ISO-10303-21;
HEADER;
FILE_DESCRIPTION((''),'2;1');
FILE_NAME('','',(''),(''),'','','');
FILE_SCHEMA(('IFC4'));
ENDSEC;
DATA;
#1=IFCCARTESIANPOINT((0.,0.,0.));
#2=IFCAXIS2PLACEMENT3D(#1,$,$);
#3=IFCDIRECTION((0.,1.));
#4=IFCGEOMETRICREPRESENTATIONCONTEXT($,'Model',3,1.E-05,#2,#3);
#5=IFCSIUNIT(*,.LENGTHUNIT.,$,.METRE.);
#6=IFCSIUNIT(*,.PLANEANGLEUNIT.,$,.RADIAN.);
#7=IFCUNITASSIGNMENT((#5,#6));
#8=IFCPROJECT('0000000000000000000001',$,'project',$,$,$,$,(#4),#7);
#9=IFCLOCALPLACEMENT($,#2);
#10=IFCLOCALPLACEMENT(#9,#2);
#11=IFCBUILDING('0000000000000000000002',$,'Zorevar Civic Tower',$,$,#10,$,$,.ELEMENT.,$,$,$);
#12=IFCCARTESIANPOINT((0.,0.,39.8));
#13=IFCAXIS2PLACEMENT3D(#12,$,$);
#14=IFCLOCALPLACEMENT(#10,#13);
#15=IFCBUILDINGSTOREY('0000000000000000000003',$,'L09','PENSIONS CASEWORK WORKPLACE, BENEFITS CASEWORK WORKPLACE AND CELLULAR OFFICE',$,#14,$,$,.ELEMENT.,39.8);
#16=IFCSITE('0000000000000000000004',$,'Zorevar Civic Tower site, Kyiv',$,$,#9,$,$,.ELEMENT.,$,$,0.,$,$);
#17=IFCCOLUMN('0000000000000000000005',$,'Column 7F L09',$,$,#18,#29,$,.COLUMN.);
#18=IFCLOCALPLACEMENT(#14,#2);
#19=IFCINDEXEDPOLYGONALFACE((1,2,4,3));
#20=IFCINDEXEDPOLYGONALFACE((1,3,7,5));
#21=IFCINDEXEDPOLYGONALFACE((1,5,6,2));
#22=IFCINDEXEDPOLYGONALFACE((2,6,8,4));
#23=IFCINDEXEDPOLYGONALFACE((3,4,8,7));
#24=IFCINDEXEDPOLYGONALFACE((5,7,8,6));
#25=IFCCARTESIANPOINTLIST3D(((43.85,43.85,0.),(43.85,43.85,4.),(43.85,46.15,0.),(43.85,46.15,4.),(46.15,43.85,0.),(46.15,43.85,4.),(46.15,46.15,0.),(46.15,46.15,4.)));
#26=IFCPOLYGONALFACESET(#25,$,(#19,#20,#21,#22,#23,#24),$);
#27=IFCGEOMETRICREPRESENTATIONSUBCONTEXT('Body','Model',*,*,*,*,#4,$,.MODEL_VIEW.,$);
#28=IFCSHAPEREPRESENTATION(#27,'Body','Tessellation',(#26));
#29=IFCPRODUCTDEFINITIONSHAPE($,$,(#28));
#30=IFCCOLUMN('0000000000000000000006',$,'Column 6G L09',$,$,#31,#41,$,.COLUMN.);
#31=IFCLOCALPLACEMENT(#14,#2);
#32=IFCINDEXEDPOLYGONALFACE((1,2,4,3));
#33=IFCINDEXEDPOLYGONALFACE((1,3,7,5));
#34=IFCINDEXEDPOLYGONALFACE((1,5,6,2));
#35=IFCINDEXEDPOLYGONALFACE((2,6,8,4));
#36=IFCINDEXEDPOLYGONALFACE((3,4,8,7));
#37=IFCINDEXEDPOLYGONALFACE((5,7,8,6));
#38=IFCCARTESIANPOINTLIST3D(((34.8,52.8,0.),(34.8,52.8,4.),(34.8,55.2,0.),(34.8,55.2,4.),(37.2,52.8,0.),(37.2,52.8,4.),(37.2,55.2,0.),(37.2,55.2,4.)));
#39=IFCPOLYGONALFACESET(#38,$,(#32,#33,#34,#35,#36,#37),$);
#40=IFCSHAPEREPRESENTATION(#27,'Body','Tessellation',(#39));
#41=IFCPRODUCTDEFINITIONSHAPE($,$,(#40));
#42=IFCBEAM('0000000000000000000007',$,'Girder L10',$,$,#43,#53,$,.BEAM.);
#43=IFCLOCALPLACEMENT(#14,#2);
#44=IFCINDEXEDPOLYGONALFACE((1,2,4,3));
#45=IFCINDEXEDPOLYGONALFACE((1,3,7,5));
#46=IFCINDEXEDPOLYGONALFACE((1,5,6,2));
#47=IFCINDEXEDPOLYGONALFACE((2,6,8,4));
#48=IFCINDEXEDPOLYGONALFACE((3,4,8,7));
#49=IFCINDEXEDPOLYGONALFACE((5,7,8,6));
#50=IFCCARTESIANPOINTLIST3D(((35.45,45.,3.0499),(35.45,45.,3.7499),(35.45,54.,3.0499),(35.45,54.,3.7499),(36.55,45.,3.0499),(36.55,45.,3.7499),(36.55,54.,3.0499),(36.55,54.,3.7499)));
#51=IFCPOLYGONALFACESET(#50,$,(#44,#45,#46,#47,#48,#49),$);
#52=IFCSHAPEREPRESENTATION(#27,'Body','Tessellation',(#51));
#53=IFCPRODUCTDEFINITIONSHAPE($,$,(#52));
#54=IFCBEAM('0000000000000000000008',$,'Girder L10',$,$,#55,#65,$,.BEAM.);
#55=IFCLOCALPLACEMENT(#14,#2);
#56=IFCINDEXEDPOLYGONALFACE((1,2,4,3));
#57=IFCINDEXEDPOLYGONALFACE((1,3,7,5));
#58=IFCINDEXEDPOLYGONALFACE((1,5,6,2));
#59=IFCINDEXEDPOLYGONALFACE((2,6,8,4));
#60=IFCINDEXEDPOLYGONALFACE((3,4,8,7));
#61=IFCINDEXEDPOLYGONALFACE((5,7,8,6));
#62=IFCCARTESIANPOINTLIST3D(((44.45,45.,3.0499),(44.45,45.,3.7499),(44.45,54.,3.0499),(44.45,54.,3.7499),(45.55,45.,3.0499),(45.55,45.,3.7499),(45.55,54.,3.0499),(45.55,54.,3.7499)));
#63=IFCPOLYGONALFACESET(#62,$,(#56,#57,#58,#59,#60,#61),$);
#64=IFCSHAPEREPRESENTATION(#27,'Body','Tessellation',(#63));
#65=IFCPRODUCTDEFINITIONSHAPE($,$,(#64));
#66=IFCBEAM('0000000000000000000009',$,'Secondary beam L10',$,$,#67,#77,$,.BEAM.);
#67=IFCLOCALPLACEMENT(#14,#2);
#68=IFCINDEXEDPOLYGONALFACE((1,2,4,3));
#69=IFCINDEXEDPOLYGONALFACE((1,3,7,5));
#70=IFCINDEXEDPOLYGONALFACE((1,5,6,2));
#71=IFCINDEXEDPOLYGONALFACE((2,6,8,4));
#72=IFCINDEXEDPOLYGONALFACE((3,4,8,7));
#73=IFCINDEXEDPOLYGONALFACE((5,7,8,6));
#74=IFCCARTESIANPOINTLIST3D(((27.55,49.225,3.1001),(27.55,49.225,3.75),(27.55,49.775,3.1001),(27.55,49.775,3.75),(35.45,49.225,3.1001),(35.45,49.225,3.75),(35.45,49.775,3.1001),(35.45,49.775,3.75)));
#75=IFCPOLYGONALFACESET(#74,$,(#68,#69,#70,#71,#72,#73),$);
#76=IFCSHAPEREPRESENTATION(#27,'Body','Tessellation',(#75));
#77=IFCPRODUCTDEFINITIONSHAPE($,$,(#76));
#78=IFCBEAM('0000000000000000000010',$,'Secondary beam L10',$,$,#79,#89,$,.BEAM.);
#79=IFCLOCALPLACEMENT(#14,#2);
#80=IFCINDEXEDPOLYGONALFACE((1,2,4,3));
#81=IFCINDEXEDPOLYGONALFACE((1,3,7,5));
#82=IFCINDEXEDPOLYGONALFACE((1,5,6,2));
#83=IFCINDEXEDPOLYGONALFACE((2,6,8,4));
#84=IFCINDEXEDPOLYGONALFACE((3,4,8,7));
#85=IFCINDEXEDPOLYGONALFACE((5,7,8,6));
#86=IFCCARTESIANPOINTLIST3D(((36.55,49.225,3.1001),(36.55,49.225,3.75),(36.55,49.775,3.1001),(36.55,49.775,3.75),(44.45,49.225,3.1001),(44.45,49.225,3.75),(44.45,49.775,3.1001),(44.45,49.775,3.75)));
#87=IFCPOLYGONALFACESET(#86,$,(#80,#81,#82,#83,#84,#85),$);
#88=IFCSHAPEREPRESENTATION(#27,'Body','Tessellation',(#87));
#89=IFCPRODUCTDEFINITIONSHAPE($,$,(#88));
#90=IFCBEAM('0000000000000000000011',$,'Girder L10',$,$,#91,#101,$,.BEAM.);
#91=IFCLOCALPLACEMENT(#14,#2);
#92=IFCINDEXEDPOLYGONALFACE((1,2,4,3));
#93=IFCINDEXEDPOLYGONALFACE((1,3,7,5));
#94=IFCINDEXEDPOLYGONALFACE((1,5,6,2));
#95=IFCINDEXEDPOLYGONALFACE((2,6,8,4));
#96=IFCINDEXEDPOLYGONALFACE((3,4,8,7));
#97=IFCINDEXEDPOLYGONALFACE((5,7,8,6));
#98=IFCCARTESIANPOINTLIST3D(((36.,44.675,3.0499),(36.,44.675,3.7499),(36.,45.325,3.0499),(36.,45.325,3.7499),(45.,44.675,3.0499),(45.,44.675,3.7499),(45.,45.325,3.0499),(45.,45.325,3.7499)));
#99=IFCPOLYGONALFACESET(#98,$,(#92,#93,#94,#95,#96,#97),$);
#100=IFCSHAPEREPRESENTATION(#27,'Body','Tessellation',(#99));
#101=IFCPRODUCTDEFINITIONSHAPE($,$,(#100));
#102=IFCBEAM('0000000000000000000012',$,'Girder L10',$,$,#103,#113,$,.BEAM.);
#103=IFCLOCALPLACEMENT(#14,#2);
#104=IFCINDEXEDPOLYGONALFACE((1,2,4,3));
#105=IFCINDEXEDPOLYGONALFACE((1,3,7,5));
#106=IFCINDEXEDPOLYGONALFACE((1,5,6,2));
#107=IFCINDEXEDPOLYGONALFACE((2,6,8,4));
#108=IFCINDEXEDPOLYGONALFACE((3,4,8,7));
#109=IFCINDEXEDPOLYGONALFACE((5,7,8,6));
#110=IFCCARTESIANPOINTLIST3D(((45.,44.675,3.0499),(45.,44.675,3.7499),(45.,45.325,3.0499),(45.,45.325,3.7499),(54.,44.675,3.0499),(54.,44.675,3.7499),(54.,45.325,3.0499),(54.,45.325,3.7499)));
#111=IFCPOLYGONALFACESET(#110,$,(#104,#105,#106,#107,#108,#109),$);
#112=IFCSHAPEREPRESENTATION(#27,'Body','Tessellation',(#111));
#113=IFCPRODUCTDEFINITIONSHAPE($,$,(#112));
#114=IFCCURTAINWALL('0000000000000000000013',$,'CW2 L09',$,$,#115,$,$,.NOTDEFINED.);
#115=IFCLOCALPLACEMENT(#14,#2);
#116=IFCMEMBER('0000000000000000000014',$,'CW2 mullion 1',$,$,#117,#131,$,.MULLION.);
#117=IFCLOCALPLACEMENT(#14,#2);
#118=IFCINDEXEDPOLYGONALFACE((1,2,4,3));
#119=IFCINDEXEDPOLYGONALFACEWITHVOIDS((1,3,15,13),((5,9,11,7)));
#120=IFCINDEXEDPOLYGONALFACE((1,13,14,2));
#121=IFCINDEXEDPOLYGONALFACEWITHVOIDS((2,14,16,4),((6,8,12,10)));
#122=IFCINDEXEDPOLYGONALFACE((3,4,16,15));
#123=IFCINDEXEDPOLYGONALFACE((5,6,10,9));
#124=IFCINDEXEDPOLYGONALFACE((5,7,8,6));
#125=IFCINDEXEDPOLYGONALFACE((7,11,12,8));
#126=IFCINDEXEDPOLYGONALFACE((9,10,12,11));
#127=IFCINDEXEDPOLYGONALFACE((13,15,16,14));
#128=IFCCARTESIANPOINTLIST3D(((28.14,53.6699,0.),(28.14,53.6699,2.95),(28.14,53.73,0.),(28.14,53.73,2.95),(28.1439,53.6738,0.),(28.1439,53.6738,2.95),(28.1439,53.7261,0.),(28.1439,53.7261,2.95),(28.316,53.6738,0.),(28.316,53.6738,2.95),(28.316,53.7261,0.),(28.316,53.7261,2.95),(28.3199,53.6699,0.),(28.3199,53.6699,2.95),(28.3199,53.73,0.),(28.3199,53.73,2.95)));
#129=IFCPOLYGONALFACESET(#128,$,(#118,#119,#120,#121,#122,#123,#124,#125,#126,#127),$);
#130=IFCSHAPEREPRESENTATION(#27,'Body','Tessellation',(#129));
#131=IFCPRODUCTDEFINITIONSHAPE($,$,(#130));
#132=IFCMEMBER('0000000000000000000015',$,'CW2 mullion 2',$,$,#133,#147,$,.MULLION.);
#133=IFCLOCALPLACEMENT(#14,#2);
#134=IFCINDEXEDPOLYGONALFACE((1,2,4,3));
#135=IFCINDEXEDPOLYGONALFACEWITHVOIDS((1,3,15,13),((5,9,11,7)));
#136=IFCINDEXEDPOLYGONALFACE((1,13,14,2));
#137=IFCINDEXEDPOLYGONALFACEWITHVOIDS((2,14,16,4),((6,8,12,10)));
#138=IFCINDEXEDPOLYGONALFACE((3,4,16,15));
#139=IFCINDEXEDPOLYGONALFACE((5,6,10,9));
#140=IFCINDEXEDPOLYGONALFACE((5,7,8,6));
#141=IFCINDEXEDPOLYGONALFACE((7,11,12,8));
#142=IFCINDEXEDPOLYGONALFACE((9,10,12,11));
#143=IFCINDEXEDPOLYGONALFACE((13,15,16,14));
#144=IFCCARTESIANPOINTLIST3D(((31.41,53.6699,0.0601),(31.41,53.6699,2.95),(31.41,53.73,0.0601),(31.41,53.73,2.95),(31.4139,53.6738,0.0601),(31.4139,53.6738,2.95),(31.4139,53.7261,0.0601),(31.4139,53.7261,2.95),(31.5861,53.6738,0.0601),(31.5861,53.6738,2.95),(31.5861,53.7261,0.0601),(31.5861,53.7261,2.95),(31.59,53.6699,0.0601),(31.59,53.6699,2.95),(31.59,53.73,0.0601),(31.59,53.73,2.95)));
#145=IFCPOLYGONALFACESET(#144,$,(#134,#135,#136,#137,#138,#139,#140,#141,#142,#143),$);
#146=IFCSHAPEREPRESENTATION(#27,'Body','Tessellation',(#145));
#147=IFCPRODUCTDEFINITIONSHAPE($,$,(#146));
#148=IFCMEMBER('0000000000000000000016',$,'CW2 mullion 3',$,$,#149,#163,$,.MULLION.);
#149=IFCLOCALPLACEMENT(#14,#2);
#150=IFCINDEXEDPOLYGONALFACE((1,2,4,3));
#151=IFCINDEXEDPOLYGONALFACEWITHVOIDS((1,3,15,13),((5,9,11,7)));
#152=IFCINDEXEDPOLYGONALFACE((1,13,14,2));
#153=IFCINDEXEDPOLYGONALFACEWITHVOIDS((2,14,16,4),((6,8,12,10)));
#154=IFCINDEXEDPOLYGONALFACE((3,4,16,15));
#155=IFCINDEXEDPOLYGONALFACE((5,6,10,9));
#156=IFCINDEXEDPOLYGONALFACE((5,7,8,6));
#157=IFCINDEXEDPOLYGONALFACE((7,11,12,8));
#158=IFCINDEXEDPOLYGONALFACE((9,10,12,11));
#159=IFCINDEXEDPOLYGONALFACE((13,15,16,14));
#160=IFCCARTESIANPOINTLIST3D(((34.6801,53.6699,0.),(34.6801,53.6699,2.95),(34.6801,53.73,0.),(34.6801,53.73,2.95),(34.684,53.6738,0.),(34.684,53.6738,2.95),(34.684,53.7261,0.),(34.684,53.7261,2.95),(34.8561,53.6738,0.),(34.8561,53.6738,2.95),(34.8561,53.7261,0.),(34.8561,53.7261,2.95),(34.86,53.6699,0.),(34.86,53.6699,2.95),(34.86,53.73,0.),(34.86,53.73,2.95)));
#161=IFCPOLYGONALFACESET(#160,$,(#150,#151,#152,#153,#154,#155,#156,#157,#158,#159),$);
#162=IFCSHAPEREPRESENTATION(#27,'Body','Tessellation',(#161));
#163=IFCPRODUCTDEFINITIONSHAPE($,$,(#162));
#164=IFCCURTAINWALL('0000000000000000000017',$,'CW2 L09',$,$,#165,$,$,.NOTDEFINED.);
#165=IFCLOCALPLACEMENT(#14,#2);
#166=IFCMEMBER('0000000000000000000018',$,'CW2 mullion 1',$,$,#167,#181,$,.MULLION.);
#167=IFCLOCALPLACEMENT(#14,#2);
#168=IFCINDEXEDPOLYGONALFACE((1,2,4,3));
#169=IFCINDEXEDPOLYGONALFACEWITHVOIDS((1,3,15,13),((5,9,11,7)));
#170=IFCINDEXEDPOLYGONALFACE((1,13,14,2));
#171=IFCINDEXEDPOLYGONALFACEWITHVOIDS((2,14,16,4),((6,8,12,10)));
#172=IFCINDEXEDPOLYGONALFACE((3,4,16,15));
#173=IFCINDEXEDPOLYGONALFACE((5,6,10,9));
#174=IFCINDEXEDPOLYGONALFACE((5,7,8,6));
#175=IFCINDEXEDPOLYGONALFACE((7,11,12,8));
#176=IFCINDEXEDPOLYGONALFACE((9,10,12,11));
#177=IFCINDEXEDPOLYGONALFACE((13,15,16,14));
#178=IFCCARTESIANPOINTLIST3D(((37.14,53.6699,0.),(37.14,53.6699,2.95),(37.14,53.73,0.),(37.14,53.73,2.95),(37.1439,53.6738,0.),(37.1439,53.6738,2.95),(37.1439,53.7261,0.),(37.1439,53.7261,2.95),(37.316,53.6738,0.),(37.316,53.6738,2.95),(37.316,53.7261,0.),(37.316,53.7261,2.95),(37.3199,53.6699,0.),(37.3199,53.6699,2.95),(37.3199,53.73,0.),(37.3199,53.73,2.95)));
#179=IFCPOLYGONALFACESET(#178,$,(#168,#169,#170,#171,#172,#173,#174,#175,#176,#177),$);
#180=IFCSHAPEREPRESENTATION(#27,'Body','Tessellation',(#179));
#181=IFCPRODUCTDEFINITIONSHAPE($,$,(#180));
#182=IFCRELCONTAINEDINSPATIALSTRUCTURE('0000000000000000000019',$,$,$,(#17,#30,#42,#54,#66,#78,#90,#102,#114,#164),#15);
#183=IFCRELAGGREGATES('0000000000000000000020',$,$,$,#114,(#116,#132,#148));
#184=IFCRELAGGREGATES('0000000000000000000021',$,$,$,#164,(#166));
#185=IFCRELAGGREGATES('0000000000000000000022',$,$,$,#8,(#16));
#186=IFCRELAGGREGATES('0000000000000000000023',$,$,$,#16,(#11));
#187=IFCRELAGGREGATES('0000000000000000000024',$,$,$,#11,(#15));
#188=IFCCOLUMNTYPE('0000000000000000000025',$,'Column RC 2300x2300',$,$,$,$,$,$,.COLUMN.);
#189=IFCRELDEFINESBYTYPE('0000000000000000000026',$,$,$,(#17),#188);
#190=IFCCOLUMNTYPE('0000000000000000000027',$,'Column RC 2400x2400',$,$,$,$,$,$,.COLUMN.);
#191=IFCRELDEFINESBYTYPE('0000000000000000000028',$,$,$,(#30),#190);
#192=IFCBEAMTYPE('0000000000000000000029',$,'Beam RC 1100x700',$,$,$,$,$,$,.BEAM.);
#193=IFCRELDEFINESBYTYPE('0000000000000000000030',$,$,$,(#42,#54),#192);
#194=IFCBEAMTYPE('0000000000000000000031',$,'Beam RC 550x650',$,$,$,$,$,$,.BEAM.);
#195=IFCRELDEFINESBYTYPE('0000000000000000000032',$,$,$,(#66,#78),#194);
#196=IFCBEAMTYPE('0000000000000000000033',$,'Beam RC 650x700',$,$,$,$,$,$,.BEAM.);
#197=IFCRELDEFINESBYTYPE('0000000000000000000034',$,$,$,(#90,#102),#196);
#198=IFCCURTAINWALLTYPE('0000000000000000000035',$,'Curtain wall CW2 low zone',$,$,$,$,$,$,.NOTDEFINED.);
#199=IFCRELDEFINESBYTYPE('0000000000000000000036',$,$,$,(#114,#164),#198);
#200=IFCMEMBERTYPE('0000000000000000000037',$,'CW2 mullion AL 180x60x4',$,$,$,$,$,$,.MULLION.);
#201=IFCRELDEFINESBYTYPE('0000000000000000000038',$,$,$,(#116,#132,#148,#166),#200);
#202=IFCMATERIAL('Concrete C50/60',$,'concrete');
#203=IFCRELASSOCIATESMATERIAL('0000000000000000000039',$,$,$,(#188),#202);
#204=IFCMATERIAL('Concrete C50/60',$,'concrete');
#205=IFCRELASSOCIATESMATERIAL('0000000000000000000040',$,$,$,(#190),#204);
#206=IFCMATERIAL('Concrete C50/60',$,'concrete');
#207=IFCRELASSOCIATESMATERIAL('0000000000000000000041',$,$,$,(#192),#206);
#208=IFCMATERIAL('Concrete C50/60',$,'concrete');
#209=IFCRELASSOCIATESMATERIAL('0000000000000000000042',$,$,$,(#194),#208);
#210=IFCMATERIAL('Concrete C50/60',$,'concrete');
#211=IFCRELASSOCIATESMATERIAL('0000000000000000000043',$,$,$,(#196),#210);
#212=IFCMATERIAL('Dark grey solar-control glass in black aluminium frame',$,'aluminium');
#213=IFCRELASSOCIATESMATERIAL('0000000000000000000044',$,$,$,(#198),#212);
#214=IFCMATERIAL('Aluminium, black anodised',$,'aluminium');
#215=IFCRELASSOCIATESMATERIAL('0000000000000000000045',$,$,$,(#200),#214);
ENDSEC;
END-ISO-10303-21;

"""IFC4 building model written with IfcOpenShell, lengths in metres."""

from ifc_helpers import new_model, si_unit, direction, frame, origin, origin_2d, place, context, subcontext, project, spatial, rectangle, hollow_rectangle, extrude, material, material_profile, profile_set, type_object, element, aggregate, save


model = new_model("IFC4")

# Units and contexts
model_context = context("Model", 3, precision=1e-05, world=origin(), true_north=direction((0.0, 1.0)))
body_context = subcontext(model_context, "Body", "Model", "MODEL_VIEW")
ifc_project = project(units=[si_unit("LENGTHUNIT", "METRE"), si_unit("PLANEANGLEUNIT", "RADIAN")], contexts=[model_context])

# Site, building, storey
site_placement = place(None, origin())
site = spatial("IfcSite", under=ifc_project, at=site_placement, Name="Zorevar Civic Tower site, Kyiv", CompositionType="ELEMENT", RefElevation=0.0)
building_placement = place(site_placement, origin())
building = spatial("IfcBuilding", under=site, at=building_placement, Name="Zorevar Civic Tower", CompositionType="ELEMENT")
storey_placement = place(building_placement, frame((0.0, 0.0, 39.8)))
storey = spatial("IfcBuildingStorey", under=building, at=storey_placement, Name="L09", Description="PENSIONS CASEWORK WORKPLACE, BENEFITS CASEWORK WORKPLACE AND CELLULAR OFFICE", CompositionType="ELEMENT", Elevation=39.8)

# Columns
ifc_material_1 = material(Name="Concrete C50/60", Category="concrete")
ifc_material_profile_1 = material_profile(ifc_material_1, rectangle(XDim=2.3, YDim=2.3, at=origin_2d()), Name="RC 2300x2300")
ifc_profile_set_1 = profile_set([ifc_material_profile_1], Name="Concrete C50/60")
column_type_1 = type_object("IfcColumnType", Name="Column RC 2300x2300", PredefinedType="COLUMN", material=ifc_profile_set_1)
column_1_placement = place(storey_placement, frame((45.0, 45.0, 0.0), z_axis=(0.0, 0.0, 1.0), x_axis=(1.0, 0.0, 0.0)))
element("IfcColumn", 1, at=column_1_placement, inside=storey, type_object=column_type_1, Name="Column 7F L09", PredefinedType="COLUMN", context=body_context, shape_type="SweptSolid", body=[
    extrude(rectangle(XDim=2.3, YDim=2.3, at=origin_2d()), origin(), (0.0, 0.0, 1.0), 4.0),
])
ifc_material_2 = material(Name="Concrete C50/60", Category="concrete")
ifc_material_profile_2 = material_profile(ifc_material_2, rectangle(XDim=2.3999, YDim=2.3999, at=origin_2d()), Name="RC 2400x2400")
ifc_profile_set_2 = profile_set([ifc_material_profile_2], Name="Concrete C50/60")
column_type_2 = type_object("IfcColumnType", Name="Column RC 2400x2400", PredefinedType="COLUMN", material=ifc_profile_set_2)
column_2_placement = place(storey_placement, frame((36.0, 54.0, 0.0), z_axis=(0.0, 0.0, 1.0), x_axis=(1.0, 0.0, 0.0)))
element("IfcColumn", 2, at=column_2_placement, inside=storey, type_object=column_type_2, Name="Column 6G L09", PredefinedType="COLUMN", context=body_context, shape_type="SweptSolid", body=[
    extrude(rectangle(XDim=2.3999, YDim=2.3999, at=origin_2d()), origin(), (0.0, 0.0, 1.0), 4.0),
])

# Beams
ifc_material_3 = material(Name="Concrete C50/60", Category="concrete")
ifc_material_profile_3 = material_profile(ifc_material_3, rectangle(XDim=1.1001, YDim=0.7, at=origin_2d()), Name="RC 1100x700")
ifc_profile_set_3 = profile_set([ifc_material_profile_3], Name="Concrete C50/60")
beam_type_1 = type_object("IfcBeamType", Name="Beam RC 1100x700", PredefinedType="BEAM", material=ifc_profile_set_3)
for number, where, z_axis, x_axis, name in (
    (3, (36.0, 45.0, 3.3999), (0.0, 1.0, 0.0), (-1.0, 0.0, 0.0), "Girder L10"),
    (4, (45.0, 45.0, 3.3999), (0.0, 1.0, 0.0), (-1.0, 0.0, 0.0), "Girder L10"),
):
    element("IfcBeam", number, at=place(storey_placement, frame(where, z_axis=z_axis, x_axis=x_axis)), inside=storey, type_object=beam_type_1, Name=name, PredefinedType="BEAM", context=body_context, shape_type="SweptSolid", body=[
        extrude(rectangle(XDim=1.1001, YDim=0.7, at=origin_2d()), origin(), (0.0, 0.0, 1.0), 9.0),
    ])
ifc_material_4 = material(Name="Concrete C50/60", Category="concrete")
ifc_material_profile_4 = material_profile(ifc_material_4, rectangle(XDim=0.55, YDim=0.6499, at=origin_2d()), Name="RC 550x650")
ifc_profile_set_4 = profile_set([ifc_material_profile_4], Name="Concrete C50/60")
beam_type_2 = type_object("IfcBeamType", Name="Beam RC 550x650", PredefinedType="BEAM", material=ifc_profile_set_4)
for number, where, z_axis, x_axis, name in (
    (5, (27.55, 49.5, 3.425), (1.0, 0.0, 0.0), (0.0, 1.0, 0.0), "Secondary beam L10"),
    (6, (36.55, 49.5, 3.425), (1.0, 0.0, 0.0), (0.0, 1.0, 0.0), "Secondary beam L10"),
):
    element("IfcBeam", number, at=place(storey_placement, frame(where, z_axis=z_axis, x_axis=x_axis)), inside=storey, type_object=beam_type_2, Name=name, PredefinedType="BEAM", context=body_context, shape_type="SweptSolid", body=[
        extrude(rectangle(XDim=0.55, YDim=0.6499, at=origin_2d()), origin(), (0.0, 0.0, 1.0), 7.8999),
    ])
ifc_material_5 = material(Name="Concrete C50/60", Category="concrete")
ifc_material_profile_5 = material_profile(ifc_material_5, rectangle(XDim=0.6499, YDim=0.7, at=origin_2d()), Name="RC 650x700")
ifc_profile_set_5 = profile_set([ifc_material_profile_5], Name="Concrete C50/60")
beam_type_3 = type_object("IfcBeamType", Name="Beam RC 650x700", PredefinedType="BEAM", material=ifc_profile_set_5)
for number, where, z_axis, x_axis, name in (
    (7, (36.0, 45.0, 3.3999), (1.0, 0.0, 0.0), (0.0, 1.0, 0.0), "Girder L10"),
    (8, (45.0, 45.0, 3.3999), (1.0, 0.0, 0.0), (0.0, 1.0, 0.0), "Girder L10"),
):
    element("IfcBeam", number, at=place(storey_placement, frame(where, z_axis=z_axis, x_axis=x_axis)), inside=storey, type_object=beam_type_3, Name=name, PredefinedType="BEAM", context=body_context, shape_type="SweptSolid", body=[
        extrude(rectangle(XDim=0.6499, YDim=0.7, at=origin_2d()), origin(), (0.0, 0.0, 1.0), 9.0),
    ])

# Curtain walls, members
ifc_material_6 = material(Name="Dark grey solar-control glass in black aluminium frame", Category="aluminium")
curtain_wall_type = type_object("IfcCurtainWallType", Name="Curtain wall CW2 low zone", PredefinedType="NOTDEFINED", material=ifc_material_6)
curtain_wall_1_placement = place(storey_placement, origin())
curtain_wall_1 = element("IfcCurtainWall", 9, at=curtain_wall_1_placement, inside=storey, type_object=curtain_wall_type, Name="CW2 L09", PredefinedType="NOTDEFINED")
ifc_material_7 = material(Name="Aluminium, black anodised", Category="aluminium")
ifc_material_profile_6 = material_profile(ifc_material_7, hollow_rectangle(XDim=0.0601, YDim=0.1799, WallThickness=0.0039, at=origin_2d()), Name="AL 180x60x4")
ifc_profile_set_6 = profile_set([ifc_material_profile_6], Name="Aluminium, black anodised")
member_type_1 = type_object("IfcMemberType", Name="CW2 mullion AL 180x60x4", PredefinedType="MULLION", material=ifc_profile_set_6)
member_1_placement = place(storey_placement, frame((28.23, 53.7, 0.0), z_axis=(0.0, 0.0, 1.0), x_axis=(0.0, 1.0, 0.0)))
member_1 = element("IfcMember", 10, at=member_1_placement, type_object=member_type_1, Name="CW2 mullion 1", PredefinedType="MULLION", context=body_context, shape_type="SweptSolid", body=[
    extrude(hollow_rectangle(XDim=0.0601, YDim=0.1799, WallThickness=0.0039, at=origin_2d()), origin(), (0.0, 0.0, 1.0), 2.95),
])
member_2_placement = place(storey_placement, frame((31.5, 53.7, 0.0601), z_axis=(0.0, 0.0, 1.0), x_axis=(0.0, 1.0, 0.0)))
member_2 = element("IfcMember", 11, at=member_2_placement, type_object=member_type_1, Name="CW2 mullion 2", PredefinedType="MULLION", context=body_context, shape_type="SweptSolid", body=[
    extrude(hollow_rectangle(XDim=0.0601, YDim=0.1799, WallThickness=0.0039, at=origin_2d()), origin(), (0.0, 0.0, 1.0), 2.8899),
])
member_3_placement = place(storey_placement, frame((34.77, 53.7, 0.0), z_axis=(0.0, 0.0, 1.0), x_axis=(0.0, 1.0, 0.0)))
member_3 = element("IfcMember", 12, at=member_3_placement, type_object=member_type_1, Name="CW2 mullion 3", PredefinedType="MULLION", context=body_context, shape_type="SweptSolid", body=[
    extrude(hollow_rectangle(XDim=0.0601, YDim=0.1799, WallThickness=0.0039, at=origin_2d()), origin(), (0.0, 0.0, 1.0), 2.95),
])
curtain_wall_2_placement = place(storey_placement, origin())
curtain_wall_2 = element("IfcCurtainWall", 13, at=curtain_wall_2_placement, inside=storey, type_object=curtain_wall_type, Name="CW2 L09", PredefinedType="NOTDEFINED")
member_4_placement = place(storey_placement, frame((37.23, 53.7, 0.0), z_axis=(0.0, 0.0, 1.0), x_axis=(0.0, 1.0, 0.0)))
member_4 = element("IfcMember", 14, at=member_4_placement, type_object=member_type_1, Name="CW2 mullion 1", PredefinedType="MULLION", context=body_context, shape_type="SweptSolid", body=[
    extrude(hollow_rectangle(XDim=0.0601, YDim=0.1799, WallThickness=0.0039, at=origin_2d()), origin(), (0.0, 0.0, 1.0), 2.95),
])

aggregate(curtain_wall_1, [member_1, member_2, member_3])
aggregate(curtain_wall_2, [member_4])

save(model, "model.ifc")
